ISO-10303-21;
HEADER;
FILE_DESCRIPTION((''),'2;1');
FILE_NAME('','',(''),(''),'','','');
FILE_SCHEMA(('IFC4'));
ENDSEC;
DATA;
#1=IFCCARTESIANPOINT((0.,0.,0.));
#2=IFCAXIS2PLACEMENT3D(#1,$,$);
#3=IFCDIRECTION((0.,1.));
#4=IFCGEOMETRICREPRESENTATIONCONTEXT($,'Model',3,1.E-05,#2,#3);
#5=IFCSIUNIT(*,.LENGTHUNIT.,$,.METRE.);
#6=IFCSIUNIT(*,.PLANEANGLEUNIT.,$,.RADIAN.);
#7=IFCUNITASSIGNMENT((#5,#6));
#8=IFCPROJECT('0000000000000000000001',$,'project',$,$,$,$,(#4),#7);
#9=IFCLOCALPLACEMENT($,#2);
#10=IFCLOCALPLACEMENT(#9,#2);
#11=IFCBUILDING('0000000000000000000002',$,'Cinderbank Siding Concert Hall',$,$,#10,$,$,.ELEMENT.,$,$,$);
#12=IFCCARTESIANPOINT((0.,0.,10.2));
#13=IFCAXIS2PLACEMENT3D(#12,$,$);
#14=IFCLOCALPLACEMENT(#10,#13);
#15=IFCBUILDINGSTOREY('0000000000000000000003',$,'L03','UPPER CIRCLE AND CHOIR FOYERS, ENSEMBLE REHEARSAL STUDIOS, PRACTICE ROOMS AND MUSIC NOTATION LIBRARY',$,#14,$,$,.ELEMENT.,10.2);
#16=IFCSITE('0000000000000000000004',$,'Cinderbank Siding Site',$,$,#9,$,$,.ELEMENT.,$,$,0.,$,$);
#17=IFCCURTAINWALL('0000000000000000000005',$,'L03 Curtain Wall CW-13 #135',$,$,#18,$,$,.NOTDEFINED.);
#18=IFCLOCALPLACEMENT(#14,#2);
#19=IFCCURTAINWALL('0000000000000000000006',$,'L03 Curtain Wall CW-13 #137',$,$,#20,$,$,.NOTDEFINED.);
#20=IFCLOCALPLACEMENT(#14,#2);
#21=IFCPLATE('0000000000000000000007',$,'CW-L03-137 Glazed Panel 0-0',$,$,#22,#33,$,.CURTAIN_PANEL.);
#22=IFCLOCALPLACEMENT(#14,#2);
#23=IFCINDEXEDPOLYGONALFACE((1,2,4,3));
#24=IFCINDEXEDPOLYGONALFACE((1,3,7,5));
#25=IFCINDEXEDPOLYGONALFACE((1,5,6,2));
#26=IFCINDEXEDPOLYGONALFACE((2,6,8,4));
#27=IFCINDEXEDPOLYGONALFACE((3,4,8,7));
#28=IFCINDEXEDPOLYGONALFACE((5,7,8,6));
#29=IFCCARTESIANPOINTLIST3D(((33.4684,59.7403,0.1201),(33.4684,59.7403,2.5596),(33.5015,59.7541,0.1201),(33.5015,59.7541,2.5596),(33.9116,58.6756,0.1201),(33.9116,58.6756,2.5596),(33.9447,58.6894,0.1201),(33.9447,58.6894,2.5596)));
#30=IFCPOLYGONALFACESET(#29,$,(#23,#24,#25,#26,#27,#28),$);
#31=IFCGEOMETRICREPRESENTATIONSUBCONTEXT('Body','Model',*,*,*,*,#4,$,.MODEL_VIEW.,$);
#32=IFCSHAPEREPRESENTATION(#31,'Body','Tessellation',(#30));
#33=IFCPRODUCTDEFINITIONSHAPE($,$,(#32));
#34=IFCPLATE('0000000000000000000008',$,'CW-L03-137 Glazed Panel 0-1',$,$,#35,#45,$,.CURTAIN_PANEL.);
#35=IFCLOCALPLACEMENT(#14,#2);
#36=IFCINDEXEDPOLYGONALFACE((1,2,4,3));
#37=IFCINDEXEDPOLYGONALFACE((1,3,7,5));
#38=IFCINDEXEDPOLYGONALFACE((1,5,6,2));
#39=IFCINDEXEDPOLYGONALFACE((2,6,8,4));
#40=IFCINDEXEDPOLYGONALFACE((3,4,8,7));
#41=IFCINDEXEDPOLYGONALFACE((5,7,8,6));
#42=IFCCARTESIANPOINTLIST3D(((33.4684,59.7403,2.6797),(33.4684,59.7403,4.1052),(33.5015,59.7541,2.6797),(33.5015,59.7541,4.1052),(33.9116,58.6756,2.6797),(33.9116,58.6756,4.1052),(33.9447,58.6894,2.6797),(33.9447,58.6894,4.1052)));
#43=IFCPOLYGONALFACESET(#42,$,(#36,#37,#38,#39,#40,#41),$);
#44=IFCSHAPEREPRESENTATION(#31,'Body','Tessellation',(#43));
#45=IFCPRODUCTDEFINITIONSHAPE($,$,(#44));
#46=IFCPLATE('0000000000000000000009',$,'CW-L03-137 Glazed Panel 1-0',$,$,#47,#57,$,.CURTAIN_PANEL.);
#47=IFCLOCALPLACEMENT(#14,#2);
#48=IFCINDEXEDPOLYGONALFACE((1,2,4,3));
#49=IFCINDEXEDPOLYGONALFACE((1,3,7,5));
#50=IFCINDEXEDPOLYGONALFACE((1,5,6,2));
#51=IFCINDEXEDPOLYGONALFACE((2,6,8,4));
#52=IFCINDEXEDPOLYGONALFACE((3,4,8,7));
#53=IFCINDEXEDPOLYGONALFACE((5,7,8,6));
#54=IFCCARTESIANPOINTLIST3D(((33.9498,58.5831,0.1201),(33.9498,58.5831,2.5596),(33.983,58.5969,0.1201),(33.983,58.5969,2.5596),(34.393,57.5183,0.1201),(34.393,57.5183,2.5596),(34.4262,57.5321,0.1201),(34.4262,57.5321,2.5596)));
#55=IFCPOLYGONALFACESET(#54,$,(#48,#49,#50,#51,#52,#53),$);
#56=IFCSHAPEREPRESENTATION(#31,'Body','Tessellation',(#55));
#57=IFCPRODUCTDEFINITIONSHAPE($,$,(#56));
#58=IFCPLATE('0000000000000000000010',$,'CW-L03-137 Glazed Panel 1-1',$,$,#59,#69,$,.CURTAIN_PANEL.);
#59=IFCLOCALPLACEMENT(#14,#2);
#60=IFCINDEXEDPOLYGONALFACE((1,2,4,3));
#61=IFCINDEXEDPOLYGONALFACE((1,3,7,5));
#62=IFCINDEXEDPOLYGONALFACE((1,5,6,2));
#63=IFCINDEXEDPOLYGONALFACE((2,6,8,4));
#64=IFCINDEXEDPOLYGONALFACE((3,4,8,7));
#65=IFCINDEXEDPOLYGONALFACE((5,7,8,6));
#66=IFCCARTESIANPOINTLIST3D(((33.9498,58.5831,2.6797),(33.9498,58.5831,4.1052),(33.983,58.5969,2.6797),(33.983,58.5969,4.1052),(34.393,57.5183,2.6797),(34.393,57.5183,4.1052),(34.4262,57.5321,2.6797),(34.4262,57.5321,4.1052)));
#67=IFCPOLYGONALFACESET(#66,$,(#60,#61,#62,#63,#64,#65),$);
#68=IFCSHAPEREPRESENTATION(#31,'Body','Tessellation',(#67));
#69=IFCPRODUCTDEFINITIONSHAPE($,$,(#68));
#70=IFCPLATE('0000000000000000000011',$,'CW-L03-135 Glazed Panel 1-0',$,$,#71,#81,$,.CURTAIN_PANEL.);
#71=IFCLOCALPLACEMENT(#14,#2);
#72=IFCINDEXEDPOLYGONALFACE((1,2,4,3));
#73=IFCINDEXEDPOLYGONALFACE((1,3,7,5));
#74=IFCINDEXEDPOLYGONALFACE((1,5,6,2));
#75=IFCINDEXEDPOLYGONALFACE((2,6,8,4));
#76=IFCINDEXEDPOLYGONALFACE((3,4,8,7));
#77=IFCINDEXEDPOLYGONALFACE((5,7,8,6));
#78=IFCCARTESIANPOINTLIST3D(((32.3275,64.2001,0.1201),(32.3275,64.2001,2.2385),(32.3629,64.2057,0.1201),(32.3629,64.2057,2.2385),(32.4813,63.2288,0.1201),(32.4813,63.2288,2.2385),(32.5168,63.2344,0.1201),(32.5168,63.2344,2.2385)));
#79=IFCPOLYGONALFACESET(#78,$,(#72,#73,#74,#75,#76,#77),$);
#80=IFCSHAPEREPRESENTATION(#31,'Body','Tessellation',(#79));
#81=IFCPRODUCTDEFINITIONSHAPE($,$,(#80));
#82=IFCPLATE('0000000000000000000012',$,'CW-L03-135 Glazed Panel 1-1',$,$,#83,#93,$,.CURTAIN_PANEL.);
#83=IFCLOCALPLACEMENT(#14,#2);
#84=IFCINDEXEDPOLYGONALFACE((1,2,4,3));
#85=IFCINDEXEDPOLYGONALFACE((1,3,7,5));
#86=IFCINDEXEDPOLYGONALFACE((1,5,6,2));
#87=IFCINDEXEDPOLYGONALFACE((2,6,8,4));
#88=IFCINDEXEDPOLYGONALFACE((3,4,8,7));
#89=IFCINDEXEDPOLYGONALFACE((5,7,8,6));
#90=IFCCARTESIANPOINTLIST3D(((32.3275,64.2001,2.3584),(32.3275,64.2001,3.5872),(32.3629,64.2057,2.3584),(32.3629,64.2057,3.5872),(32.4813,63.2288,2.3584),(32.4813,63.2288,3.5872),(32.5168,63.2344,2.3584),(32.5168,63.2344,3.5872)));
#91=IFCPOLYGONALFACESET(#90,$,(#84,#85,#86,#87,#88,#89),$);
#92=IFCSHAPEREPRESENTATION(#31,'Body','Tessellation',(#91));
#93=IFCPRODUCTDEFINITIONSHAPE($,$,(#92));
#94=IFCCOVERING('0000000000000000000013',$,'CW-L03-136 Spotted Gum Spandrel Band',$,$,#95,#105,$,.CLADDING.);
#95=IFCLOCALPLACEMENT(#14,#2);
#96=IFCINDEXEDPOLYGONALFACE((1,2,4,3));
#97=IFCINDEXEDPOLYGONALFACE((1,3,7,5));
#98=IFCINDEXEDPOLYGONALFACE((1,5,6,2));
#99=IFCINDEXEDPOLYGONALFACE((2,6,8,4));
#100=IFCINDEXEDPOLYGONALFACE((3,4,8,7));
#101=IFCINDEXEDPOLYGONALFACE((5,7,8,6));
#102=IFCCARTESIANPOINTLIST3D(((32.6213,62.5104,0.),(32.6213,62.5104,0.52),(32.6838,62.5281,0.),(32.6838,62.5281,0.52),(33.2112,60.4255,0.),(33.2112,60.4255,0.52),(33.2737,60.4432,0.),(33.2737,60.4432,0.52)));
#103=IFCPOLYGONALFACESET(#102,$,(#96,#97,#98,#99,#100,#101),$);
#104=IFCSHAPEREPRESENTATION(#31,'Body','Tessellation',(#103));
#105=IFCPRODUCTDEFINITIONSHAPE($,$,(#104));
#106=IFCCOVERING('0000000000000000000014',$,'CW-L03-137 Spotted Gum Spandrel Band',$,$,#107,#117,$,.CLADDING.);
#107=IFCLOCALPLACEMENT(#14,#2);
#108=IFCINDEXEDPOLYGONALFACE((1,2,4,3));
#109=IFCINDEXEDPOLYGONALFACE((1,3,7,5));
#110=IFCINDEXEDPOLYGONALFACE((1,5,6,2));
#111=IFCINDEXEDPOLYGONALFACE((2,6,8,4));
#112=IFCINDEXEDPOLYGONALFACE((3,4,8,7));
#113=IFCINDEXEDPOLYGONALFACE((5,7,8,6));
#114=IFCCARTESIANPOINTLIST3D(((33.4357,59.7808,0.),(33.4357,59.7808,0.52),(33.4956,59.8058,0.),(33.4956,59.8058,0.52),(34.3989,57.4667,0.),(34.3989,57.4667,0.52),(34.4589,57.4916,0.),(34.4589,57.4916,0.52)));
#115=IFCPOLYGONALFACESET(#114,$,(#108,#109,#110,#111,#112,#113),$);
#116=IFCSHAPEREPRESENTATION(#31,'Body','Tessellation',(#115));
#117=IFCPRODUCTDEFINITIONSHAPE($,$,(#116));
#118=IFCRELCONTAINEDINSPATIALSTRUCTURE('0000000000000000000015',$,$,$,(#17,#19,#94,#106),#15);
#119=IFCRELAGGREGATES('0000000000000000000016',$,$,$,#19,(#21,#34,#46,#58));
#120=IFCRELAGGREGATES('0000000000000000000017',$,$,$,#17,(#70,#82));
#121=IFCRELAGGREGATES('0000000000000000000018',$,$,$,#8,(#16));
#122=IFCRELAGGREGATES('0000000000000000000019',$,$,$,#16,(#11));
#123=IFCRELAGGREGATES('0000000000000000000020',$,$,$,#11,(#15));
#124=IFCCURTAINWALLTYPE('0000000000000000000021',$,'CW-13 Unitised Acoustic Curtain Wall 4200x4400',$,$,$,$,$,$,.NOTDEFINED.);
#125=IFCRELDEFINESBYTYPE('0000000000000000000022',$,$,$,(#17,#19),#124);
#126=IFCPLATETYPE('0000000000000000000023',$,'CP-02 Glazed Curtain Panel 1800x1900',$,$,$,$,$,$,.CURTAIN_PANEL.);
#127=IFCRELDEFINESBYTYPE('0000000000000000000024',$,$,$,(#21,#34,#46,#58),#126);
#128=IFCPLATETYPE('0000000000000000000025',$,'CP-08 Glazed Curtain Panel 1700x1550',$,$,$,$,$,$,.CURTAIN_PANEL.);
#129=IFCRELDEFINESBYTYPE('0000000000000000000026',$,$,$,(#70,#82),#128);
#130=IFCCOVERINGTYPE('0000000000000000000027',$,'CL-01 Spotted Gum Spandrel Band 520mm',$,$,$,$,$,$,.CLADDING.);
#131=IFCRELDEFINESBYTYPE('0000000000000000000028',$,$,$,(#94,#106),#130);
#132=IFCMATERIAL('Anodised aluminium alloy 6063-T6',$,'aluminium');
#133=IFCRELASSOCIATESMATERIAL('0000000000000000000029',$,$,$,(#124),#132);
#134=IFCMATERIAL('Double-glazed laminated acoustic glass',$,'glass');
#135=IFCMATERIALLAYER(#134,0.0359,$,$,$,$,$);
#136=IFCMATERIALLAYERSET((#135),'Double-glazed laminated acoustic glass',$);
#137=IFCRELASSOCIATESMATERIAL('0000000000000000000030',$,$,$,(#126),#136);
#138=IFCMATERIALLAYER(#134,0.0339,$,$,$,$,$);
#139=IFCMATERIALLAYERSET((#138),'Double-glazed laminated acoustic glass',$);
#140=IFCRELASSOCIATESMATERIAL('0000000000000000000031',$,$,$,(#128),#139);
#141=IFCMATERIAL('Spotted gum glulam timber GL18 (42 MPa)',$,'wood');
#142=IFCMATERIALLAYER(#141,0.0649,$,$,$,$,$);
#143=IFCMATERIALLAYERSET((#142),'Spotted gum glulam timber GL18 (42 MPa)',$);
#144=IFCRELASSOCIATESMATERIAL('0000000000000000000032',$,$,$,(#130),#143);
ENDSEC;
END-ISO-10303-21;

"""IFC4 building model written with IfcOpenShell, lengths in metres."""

from ifc_helpers import new_model, si_unit, direction, frame, origin, origin_2d, place, context, subcontext, project, spatial, rectangle, extrude, material, layer, layer_set, type_object, element, aggregate, save


model = new_model("IFC4")

# Units and contexts
model_context = context("Model", 3, precision=1e-05, world=origin(), true_north=direction((0.0, 1.0)))
body_context = subcontext(model_context, "Body", "Model", "MODEL_VIEW")
ifc_project = project(units=[si_unit("LENGTHUNIT", "METRE"), si_unit("PLANEANGLEUNIT", "RADIAN")], contexts=[model_context])

# Site, building, storey
site_placement = place(None, origin())
site = spatial("IfcSite", under=ifc_project, at=site_placement, Name="Cinderbank Siding Site", CompositionType="ELEMENT", RefElevation=0.0)
building_placement = place(site_placement, origin())
building = spatial("IfcBuilding", under=site, at=building_placement, Name="Cinderbank Siding Concert Hall", CompositionType="ELEMENT")
storey_placement = place(building_placement, frame((0.0, 0.0, 10.2)))
storey = spatial("IfcBuildingStorey", under=building, at=storey_placement, Name="L03", Description="UPPER CIRCLE AND CHOIR FOYERS, ENSEMBLE REHEARSAL STUDIOS, PRACTICE ROOMS AND MUSIC NOTATION LIBRARY", CompositionType="ELEMENT", Elevation=10.2)

# Shared definitions
ifc_material_1 = material(Name="Anodised aluminium alloy 6063-T6", Category="aluminium")

# Curtain wall
curtain_wall_type_1 = type_object("IfcCurtainWallType", Name="CW-13 Unitised Acoustic Curtain Wall 4200x4400", PredefinedType="NOTDEFINED", material=ifc_material_1)
curtain_wall_1_placement = place(storey_placement, origin())
curtain_wall_1 = element("IfcCurtainWall", 1, at=curtain_wall_1_placement, inside=storey, type_object=curtain_wall_type_1, Name="L03 Curtain Wall CW-13 #135", PredefinedType="NOTDEFINED")

# Curtain wall
curtain_wall_2_placement = place(storey_placement, origin())
curtain_wall_2 = element("IfcCurtainWall", 2, at=curtain_wall_2_placement, inside=storey, type_object=curtain_wall_type_1, Name="L03 Curtain Wall CW-13 #137", PredefinedType="NOTDEFINED")

# Shared definitions
ifc_material_2 = material(Name="Spotted gum glulam timber GL18 (42 MPa)", Category="wood")

# Plates
ifc_material_3 = material(Name="Double-glazed laminated acoustic glass", Category="glass")
ifc_layer_1 = layer(ifc_material_3, 0.0359)
ifc_layer_set_1 = layer_set([ifc_layer_1], Name="Double-glazed laminated acoustic glass")
plate_type_1 = type_object("IfcPlateType", Name="CP-02 Glazed Curtain Panel 1800x1900", PredefinedType="CURTAIN_PANEL", material=ifc_layer_set_1)
plate_1_placement = place(storey_placement, frame((33.7065, 59.2148, 0.1201), z_axis=(0.0, 0.0, 1.0), x_axis=(0.384274, -0.923219, 0.0)))
plate_1 = element("IfcPlate", 3, at=plate_1_placement, type_object=plate_type_1, Name="CW-L03-137 Glazed Panel 0-0", PredefinedType="CURTAIN_PANEL", context=body_context, shape_type="SweptSolid", body=[
    extrude(rectangle(XDim=1.1533, YDim=0.0359, at=origin_2d()), origin(), (0.0, 0.0, 1.0), 2.4395),
])
plate_2_placement = place(storey_placement, frame((33.7065, 59.2148, 2.6797), z_axis=(0.0, 0.0, 1.0), x_axis=(0.384274, -0.923219, 0.0)))
plate_2 = element("IfcPlate", 4, at=plate_2_placement, type_object=plate_type_1, Name="CW-L03-137 Glazed Panel 0-1", PredefinedType="CURTAIN_PANEL", context=body_context, shape_type="SweptSolid", body=[
    extrude(rectangle(XDim=1.1533, YDim=0.0359, at=origin_2d()), origin(), (0.0, 0.0, 1.0), 1.4255),
])
plate_3_placement = place(storey_placement, frame((34.188, 58.0576, 0.1201), z_axis=(0.0, 0.0, 1.0), x_axis=(0.384274, -0.923219, 0.0)))
plate_3 = element("IfcPlate", 5, at=plate_3_placement, type_object=plate_type_1, Name="CW-L03-137 Glazed Panel 1-0", PredefinedType="CURTAIN_PANEL", context=body_context, shape_type="SweptSolid", body=[
    extrude(rectangle(XDim=1.1533, YDim=0.0359, at=origin_2d()), origin(), (0.0, 0.0, 1.0), 2.4395),
])
plate_4_placement = place(storey_placement, frame((34.188, 58.0576, 2.6797), z_axis=(0.0, 0.0, 1.0), x_axis=(0.384274, -0.923219, 0.0)))
plate_4 = element("IfcPlate", 6, at=plate_4_placement, type_object=plate_type_1, Name="CW-L03-137 Glazed Panel 1-1", PredefinedType="CURTAIN_PANEL", context=body_context, shape_type="SweptSolid", body=[
    extrude(rectangle(XDim=1.1533, YDim=0.0359, at=origin_2d()), origin(), (0.0, 0.0, 1.0), 1.4255),
])
aggregate(curtain_wall_2, [plate_1, plate_2, plate_3, plate_4])
ifc_layer_2 = layer(ifc_material_3, 0.0339)
ifc_layer_set_2 = layer_set([ifc_layer_2], Name="Double-glazed laminated acoustic glass")
plate_type_2 = type_object("IfcPlateType", Name="CP-08 Glazed Curtain Panel 1700x1550", PredefinedType="CURTAIN_PANEL", material=ifc_layer_set_2)
plate_5_placement = place(storey_placement, frame((32.4221, 63.7173, 0.1201), z_axis=(0.0, 0.0, 1.0), x_axis=(0.156464, -0.987684, 0.0)))
plate_5 = element("IfcPlate", 7, at=plate_5_placement, type_object=plate_type_2, Name="CW-L03-135 Glazed Panel 1-0", PredefinedType="CURTAIN_PANEL", context=body_context, shape_type="SweptSolid", body=[
    extrude(rectangle(XDim=0.9834, YDim=0.0359, at=origin_2d()), origin(), (0.0, 0.0, 1.0), 2.1184),
])
plate_6_placement = place(storey_placement, frame((32.4221, 63.7173, 2.3584), z_axis=(0.0, 0.0, 1.0), x_axis=(0.156464, -0.987684, 0.0)))
plate_6 = element("IfcPlate", 8, at=plate_6_placement, type_object=plate_type_2, Name="CW-L03-135 Glazed Panel 1-1", PredefinedType="CURTAIN_PANEL", context=body_context, shape_type="SweptSolid", body=[
    extrude(rectangle(XDim=0.9834, YDim=0.0359, at=origin_2d()), origin(), (0.0, 0.0, 1.0), 1.2288),
])
aggregate(curtain_wall_1, [plate_5, plate_6])

# Coverings
ifc_layer_3 = layer(ifc_material_2, 0.0649)
ifc_layer_set_3 = layer_set([ifc_layer_3], Name="Spotted gum glulam timber GL18 (42 MPa)")
covering_type = type_object("IfcCoveringType", Name="CL-01 Spotted Gum Spandrel Band 520mm", PredefinedType="CLADDING", material=ifc_layer_set_3)
covering_1_placement = place(storey_placement, frame((32.9475, 61.4768, 0.0), z_axis=(0.0, 0.0, 1.0), x_axis=(0.272275, -0.962219, 0.0)))
element("IfcCovering", 9, at=covering_1_placement, inside=storey, type_object=covering_type, Name="CW-L03-136 Spotted Gum Spandrel Band", PredefinedType="CLADDING", context=body_context, shape_type="SweptSolid", body=[
    extrude(rectangle(XDim=2.1667, YDim=0.0649, at=origin_2d()), origin(), (0.0, 0.0, 1.0), 0.52),
])
covering_2_placement = place(storey_placement, frame((33.9473, 58.6362, 0.0), z_axis=(0.0, 0.0, 1.0), x_axis=(0.384274, -0.923219, 0.0)))
element("IfcCovering", 10, at=covering_2_placement, inside=storey, type_object=covering_type, Name="CW-L03-137 Spotted Gum Spandrel Band", PredefinedType="CLADDING", context=body_context, shape_type="SweptSolid", body=[
    extrude(rectangle(XDim=2.5066, YDim=0.0649, at=origin_2d()), origin(), (0.0, 0.0, 1.0), 0.52),
])

save(model, "model.ifc")
